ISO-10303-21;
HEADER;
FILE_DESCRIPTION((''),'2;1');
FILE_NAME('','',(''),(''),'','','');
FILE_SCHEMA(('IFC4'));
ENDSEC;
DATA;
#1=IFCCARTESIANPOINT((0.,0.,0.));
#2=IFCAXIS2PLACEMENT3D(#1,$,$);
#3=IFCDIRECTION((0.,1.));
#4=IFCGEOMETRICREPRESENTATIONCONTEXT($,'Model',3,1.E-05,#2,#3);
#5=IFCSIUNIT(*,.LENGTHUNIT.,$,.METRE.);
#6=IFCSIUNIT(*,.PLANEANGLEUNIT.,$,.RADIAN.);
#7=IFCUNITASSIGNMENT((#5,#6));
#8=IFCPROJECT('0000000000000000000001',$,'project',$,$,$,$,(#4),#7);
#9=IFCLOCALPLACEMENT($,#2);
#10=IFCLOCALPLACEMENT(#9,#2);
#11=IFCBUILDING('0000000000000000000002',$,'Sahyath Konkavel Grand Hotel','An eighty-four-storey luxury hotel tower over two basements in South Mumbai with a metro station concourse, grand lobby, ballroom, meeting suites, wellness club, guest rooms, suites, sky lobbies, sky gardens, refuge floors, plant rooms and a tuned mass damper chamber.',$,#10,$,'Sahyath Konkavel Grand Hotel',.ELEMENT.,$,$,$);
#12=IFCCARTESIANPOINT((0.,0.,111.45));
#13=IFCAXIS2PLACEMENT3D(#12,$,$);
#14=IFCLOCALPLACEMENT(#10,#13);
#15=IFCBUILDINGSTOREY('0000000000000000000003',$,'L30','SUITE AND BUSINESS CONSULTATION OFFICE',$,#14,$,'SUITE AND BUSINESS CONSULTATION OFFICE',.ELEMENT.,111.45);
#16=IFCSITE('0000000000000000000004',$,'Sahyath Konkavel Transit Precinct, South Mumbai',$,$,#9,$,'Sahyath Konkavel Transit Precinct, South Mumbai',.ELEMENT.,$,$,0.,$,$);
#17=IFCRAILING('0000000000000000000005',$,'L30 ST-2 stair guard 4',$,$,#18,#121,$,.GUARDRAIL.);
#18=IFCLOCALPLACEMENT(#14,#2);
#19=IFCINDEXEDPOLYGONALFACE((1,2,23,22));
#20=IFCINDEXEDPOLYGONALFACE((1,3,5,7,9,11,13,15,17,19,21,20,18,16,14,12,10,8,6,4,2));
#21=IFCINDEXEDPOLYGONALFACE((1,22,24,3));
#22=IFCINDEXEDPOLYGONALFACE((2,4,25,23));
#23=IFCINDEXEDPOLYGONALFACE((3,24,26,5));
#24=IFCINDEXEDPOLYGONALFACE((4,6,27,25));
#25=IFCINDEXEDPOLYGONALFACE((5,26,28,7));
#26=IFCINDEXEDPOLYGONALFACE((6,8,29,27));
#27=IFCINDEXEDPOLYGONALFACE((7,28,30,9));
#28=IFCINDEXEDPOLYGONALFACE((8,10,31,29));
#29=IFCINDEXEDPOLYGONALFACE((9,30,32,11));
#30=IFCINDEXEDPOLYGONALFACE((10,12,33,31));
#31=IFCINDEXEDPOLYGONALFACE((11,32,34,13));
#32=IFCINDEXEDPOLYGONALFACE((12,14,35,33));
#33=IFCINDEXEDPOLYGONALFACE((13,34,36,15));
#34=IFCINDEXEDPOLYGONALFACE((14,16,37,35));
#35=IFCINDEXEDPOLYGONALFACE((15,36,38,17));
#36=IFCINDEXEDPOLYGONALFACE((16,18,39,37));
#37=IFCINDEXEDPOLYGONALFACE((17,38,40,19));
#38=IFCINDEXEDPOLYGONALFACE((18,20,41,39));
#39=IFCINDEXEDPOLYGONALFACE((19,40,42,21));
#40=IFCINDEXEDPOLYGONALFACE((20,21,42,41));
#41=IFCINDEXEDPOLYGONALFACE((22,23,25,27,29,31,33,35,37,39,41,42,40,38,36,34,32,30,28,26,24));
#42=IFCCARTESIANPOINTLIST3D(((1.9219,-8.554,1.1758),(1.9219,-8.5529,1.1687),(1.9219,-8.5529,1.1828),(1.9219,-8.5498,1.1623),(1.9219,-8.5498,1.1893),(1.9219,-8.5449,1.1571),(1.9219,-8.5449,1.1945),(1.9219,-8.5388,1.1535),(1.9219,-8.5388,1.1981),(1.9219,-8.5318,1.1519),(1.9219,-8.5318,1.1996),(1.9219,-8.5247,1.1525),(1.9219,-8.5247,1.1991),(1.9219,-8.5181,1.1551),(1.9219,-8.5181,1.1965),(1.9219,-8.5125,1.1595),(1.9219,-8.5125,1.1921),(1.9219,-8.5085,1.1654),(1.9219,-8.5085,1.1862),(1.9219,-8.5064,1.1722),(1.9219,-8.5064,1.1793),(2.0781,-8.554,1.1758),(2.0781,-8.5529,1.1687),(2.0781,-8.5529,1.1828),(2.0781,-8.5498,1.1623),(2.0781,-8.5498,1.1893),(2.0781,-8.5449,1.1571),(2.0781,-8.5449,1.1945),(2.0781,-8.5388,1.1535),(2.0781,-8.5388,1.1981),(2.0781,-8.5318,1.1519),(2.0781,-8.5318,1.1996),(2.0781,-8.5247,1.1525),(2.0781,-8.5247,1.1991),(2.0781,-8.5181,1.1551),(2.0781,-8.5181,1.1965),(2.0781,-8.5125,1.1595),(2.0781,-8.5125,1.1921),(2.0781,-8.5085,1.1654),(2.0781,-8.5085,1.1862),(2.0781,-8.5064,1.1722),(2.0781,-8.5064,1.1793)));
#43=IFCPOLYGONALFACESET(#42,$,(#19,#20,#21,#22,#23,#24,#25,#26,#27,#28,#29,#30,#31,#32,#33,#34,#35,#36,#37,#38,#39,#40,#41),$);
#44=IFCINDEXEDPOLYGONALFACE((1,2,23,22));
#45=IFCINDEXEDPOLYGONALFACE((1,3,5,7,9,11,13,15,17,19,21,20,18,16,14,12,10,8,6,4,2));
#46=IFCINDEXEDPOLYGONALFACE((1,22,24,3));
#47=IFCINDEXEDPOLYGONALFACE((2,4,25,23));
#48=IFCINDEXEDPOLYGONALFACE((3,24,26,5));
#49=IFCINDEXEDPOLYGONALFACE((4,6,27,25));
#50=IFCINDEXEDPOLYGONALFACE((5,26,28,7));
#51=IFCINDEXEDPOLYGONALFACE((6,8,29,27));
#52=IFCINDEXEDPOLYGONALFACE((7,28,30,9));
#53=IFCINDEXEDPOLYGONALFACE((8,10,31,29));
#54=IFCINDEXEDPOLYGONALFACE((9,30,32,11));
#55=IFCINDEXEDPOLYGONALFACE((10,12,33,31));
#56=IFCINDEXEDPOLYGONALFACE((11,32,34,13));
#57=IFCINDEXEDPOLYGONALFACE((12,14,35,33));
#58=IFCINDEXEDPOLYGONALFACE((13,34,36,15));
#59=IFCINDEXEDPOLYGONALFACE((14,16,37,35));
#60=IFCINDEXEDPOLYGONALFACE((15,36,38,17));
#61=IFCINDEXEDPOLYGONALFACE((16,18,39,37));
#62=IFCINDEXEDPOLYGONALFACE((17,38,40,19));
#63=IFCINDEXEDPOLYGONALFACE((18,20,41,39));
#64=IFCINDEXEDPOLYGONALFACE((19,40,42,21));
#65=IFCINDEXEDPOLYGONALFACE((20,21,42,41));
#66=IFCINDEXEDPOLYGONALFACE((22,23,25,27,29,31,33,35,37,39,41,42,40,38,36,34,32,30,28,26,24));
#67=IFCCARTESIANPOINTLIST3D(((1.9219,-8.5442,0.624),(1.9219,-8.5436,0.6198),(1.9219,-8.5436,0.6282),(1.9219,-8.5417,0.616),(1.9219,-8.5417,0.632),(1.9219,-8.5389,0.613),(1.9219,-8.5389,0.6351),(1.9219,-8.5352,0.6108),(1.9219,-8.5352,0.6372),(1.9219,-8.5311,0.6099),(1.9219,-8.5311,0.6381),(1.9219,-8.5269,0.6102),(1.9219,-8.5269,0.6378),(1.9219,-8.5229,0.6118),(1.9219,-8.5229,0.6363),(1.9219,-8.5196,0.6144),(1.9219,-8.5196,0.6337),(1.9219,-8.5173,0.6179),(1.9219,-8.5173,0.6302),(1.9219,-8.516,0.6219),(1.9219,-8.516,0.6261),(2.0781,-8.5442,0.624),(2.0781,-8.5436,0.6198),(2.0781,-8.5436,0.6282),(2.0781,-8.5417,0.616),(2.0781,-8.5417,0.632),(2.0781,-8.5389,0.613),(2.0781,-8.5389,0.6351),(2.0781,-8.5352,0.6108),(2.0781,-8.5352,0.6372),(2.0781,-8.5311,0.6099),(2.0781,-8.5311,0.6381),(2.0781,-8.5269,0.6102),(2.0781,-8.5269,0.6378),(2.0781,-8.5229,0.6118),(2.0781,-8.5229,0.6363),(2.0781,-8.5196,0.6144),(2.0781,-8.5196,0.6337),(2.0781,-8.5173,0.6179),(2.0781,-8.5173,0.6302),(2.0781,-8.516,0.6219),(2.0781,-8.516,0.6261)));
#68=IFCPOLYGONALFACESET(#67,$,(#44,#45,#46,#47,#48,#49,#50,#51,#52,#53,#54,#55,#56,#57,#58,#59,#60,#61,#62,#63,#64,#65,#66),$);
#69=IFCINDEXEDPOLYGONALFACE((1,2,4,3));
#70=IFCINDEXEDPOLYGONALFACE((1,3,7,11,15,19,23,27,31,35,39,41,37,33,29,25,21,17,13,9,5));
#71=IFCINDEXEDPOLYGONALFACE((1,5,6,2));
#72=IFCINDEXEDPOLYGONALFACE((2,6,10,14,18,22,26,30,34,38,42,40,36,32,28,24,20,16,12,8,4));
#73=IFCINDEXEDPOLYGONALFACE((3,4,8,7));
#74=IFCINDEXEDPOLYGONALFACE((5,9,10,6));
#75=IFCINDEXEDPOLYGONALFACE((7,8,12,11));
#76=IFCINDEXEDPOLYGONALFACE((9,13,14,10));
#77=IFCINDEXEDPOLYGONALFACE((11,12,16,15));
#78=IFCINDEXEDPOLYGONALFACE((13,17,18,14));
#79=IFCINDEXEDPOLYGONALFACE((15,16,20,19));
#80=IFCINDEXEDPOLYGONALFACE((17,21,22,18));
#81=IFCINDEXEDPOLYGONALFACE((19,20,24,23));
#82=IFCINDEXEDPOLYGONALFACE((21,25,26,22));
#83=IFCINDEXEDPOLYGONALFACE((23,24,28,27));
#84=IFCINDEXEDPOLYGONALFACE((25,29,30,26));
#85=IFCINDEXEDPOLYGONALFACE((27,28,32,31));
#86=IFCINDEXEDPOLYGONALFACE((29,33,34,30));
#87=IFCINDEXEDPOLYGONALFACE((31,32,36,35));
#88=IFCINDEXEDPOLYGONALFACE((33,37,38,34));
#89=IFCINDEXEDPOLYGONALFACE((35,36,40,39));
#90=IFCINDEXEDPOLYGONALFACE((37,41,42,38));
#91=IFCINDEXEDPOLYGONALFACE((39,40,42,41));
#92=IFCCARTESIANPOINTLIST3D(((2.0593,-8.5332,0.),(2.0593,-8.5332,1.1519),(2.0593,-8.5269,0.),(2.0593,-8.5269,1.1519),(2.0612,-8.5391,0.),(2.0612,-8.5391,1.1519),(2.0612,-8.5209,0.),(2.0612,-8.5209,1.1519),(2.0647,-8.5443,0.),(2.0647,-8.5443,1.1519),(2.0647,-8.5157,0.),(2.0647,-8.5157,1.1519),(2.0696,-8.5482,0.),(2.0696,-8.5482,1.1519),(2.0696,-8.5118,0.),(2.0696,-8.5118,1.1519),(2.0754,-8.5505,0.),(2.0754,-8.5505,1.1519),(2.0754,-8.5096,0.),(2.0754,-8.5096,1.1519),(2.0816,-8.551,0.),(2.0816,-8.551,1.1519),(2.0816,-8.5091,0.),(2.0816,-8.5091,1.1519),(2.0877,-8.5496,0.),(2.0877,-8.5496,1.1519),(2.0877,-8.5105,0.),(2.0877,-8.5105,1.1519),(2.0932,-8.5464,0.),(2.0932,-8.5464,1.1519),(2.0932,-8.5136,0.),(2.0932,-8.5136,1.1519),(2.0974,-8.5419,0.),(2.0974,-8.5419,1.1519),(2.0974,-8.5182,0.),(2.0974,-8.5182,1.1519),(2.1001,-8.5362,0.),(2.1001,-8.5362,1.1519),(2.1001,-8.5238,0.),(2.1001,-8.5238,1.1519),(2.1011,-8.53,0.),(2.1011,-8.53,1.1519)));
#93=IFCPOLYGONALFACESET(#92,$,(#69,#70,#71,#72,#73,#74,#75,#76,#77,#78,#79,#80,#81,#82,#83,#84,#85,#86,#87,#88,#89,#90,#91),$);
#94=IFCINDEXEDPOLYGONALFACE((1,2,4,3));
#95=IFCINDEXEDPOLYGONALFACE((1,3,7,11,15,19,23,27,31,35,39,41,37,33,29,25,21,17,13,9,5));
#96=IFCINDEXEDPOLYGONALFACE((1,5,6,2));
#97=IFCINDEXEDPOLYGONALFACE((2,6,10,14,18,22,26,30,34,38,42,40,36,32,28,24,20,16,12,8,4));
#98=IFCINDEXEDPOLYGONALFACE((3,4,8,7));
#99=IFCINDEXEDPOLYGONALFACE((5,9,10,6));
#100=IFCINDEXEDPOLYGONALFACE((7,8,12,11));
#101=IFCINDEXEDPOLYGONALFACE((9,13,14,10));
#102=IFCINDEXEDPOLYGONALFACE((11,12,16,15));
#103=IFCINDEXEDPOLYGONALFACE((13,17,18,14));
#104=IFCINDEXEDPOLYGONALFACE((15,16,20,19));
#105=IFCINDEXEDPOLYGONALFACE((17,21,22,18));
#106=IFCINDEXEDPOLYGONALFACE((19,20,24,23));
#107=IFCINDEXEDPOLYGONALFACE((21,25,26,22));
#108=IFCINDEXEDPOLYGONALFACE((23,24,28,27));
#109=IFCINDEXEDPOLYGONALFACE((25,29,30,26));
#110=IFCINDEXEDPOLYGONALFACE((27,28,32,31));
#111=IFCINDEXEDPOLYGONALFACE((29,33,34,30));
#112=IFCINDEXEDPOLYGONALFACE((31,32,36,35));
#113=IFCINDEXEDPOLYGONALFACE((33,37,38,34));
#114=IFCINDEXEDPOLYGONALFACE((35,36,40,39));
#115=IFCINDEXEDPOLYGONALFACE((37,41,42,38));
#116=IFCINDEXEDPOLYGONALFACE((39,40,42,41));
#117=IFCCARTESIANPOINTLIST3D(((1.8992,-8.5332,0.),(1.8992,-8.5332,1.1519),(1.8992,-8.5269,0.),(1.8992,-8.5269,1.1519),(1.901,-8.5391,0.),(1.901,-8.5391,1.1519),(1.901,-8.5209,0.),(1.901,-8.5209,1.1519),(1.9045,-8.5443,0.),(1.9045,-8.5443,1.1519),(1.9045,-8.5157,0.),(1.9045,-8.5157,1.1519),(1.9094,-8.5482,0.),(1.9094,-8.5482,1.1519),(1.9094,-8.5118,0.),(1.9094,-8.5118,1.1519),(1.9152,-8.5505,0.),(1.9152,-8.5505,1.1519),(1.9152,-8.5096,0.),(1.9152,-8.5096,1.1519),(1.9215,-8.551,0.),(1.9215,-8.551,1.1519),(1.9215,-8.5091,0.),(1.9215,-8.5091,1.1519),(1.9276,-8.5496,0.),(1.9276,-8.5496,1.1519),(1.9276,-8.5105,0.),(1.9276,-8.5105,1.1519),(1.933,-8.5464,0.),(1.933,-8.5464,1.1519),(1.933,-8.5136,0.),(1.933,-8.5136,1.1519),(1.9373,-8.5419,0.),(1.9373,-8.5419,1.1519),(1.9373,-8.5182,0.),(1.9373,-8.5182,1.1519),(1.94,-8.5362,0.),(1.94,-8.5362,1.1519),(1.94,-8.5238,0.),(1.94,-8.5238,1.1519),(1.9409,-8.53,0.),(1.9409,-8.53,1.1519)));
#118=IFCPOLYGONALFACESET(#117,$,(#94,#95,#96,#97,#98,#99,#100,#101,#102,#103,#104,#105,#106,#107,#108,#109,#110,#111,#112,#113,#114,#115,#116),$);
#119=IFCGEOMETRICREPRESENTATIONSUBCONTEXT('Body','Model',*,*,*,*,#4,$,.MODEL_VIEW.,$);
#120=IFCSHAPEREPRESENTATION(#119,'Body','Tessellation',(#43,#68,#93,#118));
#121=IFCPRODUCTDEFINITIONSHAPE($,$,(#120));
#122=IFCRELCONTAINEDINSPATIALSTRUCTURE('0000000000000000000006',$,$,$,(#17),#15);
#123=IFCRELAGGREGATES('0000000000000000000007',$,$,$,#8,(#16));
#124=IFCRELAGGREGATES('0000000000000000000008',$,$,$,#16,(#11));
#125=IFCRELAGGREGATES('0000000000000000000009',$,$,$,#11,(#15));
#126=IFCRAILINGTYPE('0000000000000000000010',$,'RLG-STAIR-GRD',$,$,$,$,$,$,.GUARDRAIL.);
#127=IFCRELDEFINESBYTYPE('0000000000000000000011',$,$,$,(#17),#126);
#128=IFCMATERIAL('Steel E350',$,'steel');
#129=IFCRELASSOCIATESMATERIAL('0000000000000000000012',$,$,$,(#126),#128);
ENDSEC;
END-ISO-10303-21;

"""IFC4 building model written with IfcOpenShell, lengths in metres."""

from ifc_helpers import new_model, si_unit, direction, frame, origin, origin_2d, place, context, subcontext, project, spatial, circle, extrude, material, type_object, element, save


model = new_model("IFC4")

# Units and contexts
model_context = context("Model", 3, precision=1e-05, world=origin(), true_north=direction((0.0, 1.0)))
body_context = subcontext(model_context, "Body", "Model", "MODEL_VIEW")
ifc_project = project(units=[si_unit("LENGTHUNIT", "METRE"), si_unit("PLANEANGLEUNIT", "RADIAN")], contexts=[model_context])

# Site, building, storey
site_placement = place(None, origin())
site = spatial("IfcSite", under=ifc_project, at=site_placement, Name="Sahyath Konkavel Transit Precinct, South Mumbai", LongName="Sahyath Konkavel Transit Precinct, South Mumbai", CompositionType="ELEMENT", RefElevation=0.0)
building_placement = place(site_placement, origin())
building = spatial("IfcBuilding", under=site, at=building_placement, Name="Sahyath Konkavel Grand Hotel", Description="An eighty-four-storey luxury hotel tower over two basements in South Mumbai with a metro station concourse, grand lobby, ballroom, meeting suites, wellness club, guest rooms, suites, sky lobbies, sky gardens, refuge floors, plant rooms and a tuned mass damper chamber.", LongName="Sahyath Konkavel Grand Hotel", CompositionType="ELEMENT")
storey_placement = place(building_placement, frame((0.0, 0.0, 111.45)))
storey = spatial("IfcBuildingStorey", under=building, at=storey_placement, Name="L30", Description="SUITE AND BUSINESS CONSULTATION OFFICE", LongName="SUITE AND BUSINESS CONSULTATION OFFICE", CompositionType="ELEMENT", Elevation=111.45)

# Shared definitions
ifc_material_1 = material(Name="Steel E350", Category="steel")

# Railing
railing_type_1 = type_object("IfcRailingType", Name="RLG-STAIR-GRD", PredefinedType="GUARDRAIL", material=ifc_material_1)
railing_1_placement = place(storey_placement, frame((2.0801, -8.53, 0.0)))
element("IfcRailing", 1, at=railing_1_placement, inside=storey, type_object=railing_type_1, Name="L30 ST-2 stair guard 4", PredefinedType="GUARDRAIL", context=body_context, shape_type="SweptSolid", body=[
    extrude(circle(Radius=0.0239, at=origin_2d()), frame((-0.002, 0.0, 1.1758), z_axis=(-1.0, 0.0, 0.0), x_axis=(0.0, -1.0, 0.0)), (0.0, 0.0, 1.0), 0.1562),
    extrude(circle(Radius=0.0142, at=origin_2d()), frame((-0.002, 0.0, 0.624), z_axis=(-1.0, 0.0, 0.0), x_axis=(0.0, -1.0, 0.0)), (0.0, 0.0, 1.0), 0.1562),
    extrude(circle(Radius=0.021, at=origin_2d()), origin(), (0.0, 0.0, 1.0), 1.1519),
    extrude(circle(Radius=0.021, at=origin_2d()), frame((-0.1602, 0.0, 0.0)), (0.0, 0.0, 1.0), 1.1519),
])

save(model, "model.ifc")
